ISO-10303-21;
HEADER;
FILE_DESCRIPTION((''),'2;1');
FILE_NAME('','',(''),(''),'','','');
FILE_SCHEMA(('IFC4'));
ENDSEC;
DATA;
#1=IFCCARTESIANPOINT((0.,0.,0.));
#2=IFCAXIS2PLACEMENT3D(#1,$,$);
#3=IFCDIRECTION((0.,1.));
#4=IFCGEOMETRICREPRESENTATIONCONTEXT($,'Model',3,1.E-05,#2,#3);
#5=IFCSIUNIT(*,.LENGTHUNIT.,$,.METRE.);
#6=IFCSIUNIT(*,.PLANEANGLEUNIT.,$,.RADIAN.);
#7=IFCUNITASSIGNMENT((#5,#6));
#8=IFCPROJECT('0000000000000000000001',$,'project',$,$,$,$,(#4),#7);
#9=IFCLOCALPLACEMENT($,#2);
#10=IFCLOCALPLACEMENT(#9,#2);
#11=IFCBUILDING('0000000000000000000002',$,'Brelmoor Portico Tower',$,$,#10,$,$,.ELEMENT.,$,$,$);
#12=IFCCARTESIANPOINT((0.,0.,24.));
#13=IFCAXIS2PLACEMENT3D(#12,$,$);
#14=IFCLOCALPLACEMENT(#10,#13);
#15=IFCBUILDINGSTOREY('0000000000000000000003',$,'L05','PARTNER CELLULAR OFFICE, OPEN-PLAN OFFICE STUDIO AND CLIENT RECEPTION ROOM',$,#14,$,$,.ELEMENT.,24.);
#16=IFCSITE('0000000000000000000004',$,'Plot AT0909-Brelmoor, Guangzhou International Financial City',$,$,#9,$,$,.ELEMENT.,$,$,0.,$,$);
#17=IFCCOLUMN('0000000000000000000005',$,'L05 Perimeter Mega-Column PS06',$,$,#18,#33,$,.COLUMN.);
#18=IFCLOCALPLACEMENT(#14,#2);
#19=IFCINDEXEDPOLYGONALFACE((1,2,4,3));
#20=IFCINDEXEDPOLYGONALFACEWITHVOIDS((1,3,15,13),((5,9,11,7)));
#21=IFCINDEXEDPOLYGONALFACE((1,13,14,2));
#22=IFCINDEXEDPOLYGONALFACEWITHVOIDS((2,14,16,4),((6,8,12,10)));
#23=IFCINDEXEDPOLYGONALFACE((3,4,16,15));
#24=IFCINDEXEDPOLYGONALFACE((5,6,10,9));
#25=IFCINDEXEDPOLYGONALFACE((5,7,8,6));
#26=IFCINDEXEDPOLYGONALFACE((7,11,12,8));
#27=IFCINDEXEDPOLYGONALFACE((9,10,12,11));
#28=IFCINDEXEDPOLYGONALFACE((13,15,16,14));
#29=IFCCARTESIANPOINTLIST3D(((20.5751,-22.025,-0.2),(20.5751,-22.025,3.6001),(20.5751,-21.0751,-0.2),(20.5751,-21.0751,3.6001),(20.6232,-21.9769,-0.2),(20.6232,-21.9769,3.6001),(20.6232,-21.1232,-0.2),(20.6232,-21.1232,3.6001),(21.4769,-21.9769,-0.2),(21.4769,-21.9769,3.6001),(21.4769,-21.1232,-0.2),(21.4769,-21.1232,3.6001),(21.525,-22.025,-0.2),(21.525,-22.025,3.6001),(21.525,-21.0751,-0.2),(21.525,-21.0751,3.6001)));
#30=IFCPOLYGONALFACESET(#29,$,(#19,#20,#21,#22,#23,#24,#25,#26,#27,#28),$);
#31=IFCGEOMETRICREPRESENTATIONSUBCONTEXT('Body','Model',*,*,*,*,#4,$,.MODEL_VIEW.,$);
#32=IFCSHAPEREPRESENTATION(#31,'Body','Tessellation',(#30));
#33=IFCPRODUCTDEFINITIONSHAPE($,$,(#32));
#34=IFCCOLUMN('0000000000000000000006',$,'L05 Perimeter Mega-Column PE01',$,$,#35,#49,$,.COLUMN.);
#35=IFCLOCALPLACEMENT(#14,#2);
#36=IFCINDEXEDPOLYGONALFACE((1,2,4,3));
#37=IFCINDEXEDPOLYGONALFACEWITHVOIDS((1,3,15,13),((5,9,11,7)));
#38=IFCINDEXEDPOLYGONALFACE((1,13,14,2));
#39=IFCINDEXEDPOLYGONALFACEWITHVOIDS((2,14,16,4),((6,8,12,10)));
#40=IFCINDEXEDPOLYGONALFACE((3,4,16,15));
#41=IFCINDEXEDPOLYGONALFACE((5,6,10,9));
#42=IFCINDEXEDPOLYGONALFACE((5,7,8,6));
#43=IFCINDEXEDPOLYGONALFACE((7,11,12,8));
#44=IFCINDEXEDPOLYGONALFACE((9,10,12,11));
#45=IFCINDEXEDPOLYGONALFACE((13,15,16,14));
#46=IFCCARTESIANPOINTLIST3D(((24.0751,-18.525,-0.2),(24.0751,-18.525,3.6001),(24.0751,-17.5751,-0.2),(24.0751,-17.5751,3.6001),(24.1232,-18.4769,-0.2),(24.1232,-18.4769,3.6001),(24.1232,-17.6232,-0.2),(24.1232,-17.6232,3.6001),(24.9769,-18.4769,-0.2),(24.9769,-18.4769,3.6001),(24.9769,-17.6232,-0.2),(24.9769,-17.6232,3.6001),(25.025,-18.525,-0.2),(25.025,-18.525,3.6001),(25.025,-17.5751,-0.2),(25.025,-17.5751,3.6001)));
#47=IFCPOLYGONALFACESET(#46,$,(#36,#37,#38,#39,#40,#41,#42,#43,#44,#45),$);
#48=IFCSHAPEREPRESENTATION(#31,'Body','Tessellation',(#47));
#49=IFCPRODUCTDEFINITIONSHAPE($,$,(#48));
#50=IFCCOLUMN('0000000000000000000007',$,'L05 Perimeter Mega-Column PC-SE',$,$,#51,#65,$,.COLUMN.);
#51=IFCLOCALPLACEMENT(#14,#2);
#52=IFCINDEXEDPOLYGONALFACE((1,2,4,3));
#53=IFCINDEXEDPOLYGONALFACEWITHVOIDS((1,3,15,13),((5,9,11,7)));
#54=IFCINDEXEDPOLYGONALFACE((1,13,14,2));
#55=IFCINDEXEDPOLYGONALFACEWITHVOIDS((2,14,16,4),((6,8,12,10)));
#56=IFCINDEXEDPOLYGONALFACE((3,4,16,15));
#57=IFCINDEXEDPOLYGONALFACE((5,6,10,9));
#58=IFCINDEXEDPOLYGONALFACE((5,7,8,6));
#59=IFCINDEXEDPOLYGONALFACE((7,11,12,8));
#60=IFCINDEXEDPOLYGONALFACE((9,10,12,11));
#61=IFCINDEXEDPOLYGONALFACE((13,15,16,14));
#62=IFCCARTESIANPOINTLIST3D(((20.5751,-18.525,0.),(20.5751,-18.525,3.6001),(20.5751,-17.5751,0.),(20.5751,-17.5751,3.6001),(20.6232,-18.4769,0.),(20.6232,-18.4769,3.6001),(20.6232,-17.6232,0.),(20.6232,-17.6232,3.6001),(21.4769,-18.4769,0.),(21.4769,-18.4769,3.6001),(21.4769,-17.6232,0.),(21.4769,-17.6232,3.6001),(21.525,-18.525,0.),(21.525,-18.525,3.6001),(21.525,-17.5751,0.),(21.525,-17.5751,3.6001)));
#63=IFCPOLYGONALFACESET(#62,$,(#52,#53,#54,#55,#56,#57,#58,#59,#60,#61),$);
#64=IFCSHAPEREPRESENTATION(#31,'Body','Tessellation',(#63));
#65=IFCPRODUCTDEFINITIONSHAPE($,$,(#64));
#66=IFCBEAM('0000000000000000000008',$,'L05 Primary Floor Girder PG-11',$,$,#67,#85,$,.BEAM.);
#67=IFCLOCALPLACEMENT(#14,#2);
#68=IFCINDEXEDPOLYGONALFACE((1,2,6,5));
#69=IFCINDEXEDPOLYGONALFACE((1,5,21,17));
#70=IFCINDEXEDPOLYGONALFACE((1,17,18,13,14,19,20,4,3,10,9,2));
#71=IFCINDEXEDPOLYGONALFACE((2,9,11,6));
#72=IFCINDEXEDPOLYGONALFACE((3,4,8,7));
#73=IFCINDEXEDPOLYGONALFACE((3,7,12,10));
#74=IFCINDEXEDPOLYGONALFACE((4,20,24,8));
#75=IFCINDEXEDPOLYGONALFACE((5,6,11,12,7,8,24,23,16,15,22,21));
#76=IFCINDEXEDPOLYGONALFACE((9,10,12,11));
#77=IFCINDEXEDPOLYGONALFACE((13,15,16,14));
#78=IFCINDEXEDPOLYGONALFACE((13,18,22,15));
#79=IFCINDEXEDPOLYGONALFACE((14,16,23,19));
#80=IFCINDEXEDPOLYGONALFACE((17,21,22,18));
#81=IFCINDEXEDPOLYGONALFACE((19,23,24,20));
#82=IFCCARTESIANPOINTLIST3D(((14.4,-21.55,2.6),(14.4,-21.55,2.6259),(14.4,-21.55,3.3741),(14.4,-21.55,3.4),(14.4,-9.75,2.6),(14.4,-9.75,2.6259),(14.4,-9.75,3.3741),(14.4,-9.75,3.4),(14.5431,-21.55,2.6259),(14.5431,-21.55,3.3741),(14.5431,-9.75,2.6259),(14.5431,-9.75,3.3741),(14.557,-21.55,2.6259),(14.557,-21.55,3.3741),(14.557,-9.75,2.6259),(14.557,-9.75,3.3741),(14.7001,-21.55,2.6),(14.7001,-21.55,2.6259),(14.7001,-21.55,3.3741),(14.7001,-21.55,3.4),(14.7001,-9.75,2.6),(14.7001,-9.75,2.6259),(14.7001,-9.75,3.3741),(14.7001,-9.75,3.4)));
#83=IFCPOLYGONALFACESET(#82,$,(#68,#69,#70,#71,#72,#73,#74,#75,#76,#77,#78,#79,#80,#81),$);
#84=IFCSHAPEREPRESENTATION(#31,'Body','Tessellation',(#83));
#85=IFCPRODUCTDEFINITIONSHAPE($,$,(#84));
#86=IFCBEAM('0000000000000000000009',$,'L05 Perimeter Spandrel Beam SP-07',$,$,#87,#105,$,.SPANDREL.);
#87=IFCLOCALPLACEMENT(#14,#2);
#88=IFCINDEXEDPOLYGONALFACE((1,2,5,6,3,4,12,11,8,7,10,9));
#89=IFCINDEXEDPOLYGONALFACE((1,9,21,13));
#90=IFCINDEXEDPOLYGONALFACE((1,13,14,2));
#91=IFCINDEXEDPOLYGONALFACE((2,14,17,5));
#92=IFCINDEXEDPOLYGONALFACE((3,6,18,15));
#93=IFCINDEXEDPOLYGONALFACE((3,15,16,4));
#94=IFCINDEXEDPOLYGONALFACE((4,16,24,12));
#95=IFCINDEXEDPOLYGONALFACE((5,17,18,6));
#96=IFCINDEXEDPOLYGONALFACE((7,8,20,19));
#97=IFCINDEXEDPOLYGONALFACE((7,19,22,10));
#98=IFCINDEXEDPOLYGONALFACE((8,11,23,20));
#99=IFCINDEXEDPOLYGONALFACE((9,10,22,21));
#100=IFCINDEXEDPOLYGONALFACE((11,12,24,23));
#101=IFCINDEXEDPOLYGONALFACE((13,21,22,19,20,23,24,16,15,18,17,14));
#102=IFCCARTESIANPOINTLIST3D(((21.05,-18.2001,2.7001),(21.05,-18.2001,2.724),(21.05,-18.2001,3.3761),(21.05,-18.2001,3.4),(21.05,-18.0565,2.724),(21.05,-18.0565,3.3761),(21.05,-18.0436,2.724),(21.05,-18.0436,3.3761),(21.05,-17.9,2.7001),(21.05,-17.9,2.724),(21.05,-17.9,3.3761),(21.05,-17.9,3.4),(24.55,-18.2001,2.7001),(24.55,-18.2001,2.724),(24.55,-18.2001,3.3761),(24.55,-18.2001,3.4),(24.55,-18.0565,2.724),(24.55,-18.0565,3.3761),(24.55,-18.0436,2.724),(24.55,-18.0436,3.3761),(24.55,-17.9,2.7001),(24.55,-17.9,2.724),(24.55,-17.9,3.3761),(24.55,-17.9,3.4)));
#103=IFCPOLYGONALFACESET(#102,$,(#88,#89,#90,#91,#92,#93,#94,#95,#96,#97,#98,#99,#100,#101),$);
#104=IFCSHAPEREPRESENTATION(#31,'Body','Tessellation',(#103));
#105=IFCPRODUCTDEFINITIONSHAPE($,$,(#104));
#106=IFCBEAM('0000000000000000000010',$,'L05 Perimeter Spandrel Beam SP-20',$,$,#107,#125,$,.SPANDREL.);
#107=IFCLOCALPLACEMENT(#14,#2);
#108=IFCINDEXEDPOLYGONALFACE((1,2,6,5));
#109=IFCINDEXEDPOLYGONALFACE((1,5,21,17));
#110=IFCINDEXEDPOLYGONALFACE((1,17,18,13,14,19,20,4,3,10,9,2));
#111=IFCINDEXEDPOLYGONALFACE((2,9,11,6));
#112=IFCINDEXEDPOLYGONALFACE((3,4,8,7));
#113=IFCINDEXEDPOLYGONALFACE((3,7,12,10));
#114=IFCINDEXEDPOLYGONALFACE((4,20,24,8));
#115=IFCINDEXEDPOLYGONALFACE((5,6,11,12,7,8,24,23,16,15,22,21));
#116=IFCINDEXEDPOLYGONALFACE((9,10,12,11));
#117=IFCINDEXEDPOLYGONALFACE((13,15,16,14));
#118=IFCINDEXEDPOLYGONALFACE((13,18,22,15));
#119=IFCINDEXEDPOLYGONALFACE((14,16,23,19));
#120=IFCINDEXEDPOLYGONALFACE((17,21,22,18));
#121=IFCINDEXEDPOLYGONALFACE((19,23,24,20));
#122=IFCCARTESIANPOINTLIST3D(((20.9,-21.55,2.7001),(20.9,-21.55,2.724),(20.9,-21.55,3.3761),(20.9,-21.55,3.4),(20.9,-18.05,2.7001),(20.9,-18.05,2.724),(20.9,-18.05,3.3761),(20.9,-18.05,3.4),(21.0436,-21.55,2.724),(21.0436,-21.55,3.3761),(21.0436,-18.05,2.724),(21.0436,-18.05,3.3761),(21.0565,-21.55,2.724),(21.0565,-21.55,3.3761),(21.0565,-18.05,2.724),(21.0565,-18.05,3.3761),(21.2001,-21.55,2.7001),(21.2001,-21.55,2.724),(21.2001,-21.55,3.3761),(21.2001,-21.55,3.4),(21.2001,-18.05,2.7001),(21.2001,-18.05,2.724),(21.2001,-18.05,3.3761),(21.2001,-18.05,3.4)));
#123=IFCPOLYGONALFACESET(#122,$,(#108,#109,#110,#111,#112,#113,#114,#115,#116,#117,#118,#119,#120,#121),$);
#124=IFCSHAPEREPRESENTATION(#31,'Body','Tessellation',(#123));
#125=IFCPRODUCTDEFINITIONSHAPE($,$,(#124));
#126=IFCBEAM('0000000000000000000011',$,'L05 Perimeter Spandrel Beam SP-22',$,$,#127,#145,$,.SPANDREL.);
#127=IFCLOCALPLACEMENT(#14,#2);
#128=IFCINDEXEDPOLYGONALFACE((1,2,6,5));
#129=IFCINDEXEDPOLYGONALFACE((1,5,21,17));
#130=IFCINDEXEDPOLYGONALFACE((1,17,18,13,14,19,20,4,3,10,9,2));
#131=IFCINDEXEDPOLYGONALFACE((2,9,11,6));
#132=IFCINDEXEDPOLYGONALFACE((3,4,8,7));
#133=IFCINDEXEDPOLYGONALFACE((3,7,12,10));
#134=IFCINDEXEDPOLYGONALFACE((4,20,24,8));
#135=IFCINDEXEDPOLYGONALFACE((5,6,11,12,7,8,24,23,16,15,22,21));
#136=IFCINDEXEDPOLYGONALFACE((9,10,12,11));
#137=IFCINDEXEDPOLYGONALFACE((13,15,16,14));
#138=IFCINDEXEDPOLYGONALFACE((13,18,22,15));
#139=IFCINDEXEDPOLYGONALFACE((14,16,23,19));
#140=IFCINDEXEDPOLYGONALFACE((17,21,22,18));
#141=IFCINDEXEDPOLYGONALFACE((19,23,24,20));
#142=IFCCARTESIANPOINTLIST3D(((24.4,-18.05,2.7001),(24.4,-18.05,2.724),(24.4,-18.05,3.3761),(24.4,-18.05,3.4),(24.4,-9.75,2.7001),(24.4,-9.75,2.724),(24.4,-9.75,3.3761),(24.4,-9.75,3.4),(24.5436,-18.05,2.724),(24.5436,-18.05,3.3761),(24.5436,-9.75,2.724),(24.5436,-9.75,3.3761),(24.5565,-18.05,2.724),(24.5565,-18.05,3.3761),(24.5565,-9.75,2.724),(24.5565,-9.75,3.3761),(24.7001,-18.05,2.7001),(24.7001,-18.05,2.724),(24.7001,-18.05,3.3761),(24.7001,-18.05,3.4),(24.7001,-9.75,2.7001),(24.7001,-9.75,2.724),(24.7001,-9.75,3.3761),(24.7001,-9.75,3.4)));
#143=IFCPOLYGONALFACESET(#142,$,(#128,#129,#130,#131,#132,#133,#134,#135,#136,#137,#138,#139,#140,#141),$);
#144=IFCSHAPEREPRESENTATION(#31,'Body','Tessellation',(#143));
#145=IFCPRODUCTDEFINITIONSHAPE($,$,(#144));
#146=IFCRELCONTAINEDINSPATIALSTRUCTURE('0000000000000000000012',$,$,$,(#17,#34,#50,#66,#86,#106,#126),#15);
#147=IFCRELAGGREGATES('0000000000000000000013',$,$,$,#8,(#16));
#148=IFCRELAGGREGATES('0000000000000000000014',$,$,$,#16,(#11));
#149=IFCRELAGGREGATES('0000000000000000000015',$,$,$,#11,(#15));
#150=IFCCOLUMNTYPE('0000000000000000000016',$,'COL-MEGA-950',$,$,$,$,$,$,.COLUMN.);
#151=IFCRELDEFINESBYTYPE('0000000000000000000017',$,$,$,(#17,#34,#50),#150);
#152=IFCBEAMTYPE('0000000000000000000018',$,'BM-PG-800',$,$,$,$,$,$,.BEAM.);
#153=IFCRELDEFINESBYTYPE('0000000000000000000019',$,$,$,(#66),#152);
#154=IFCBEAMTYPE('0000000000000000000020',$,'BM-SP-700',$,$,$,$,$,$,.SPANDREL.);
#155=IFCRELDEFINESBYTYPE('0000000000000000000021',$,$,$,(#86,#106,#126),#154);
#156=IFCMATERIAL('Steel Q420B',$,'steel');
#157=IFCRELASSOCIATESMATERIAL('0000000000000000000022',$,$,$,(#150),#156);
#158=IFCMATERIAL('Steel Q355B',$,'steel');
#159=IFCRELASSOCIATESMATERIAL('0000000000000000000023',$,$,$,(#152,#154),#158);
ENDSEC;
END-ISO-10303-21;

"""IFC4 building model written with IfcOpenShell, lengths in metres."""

from ifc_helpers import new_model, si_unit, direction, frame, origin, origin_2d, place, context, subcontext, project, spatial, hollow_rectangle, i_section, extrude, material, material_profile, profile_set, type_object, element, save


model = new_model("IFC4")

# Units and contexts
model_context = context("Model", 3, precision=1e-05, world=origin(), true_north=direction((0.0, 1.0)))
body_context = subcontext(model_context, "Body", "Model", "MODEL_VIEW")
ifc_project = project(units=[si_unit("LENGTHUNIT", "METRE"), si_unit("PLANEANGLEUNIT", "RADIAN")], contexts=[model_context])

# Site, building, storey
site_placement = place(None, origin())
site = spatial("IfcSite", under=ifc_project, at=site_placement, Name="Plot AT0909-Brelmoor, Guangzhou International Financial City", CompositionType="ELEMENT", RefElevation=0.0)
building_placement = place(site_placement, origin())
building = spatial("IfcBuilding", under=site, at=building_placement, Name="Brelmoor Portico Tower", CompositionType="ELEMENT")
storey_placement = place(building_placement, frame((0.0, 0.0, 24.0)))
storey = spatial("IfcBuildingStorey", under=building, at=storey_placement, Name="L05", Description="PARTNER CELLULAR OFFICE, OPEN-PLAN OFFICE STUDIO AND CLIENT RECEPTION ROOM", CompositionType="ELEMENT", Elevation=24.0)

# Columns
ifc_material_1 = material(Name="Steel Q420B", Category="steel")
ifc_material_profile_1 = material_profile(ifc_material_1, hollow_rectangle(XDim=0.95, YDim=0.95, WallThickness=0.0481, at=origin_2d()), Name="BOX 950x950x48")
ifc_profile_set_1 = profile_set([ifc_material_profile_1], Name="Steel Q420B")
column_type = type_object("IfcColumnType", Name="COL-MEGA-950", PredefinedType="COLUMN", material=ifc_profile_set_1)
for number, where, z_axis, x_axis, name in (
    (1, (21.05, -21.55, -0.2), (0.0, 0.0, 1.0), (1.0, 0.0, 0.0), "L05 Perimeter Mega-Column PS06"),
    (2, (24.55, -18.05, -0.2), (0.0, 0.0, 1.0), (0.0, 1.0, 0.0), "L05 Perimeter Mega-Column PE01"),
):
    element("IfcColumn", number, at=place(storey_placement, frame(where, z_axis=z_axis, x_axis=x_axis)), inside=storey, type_object=column_type, Name=name, PredefinedType="COLUMN", context=body_context, shape_type="SweptSolid", body=[
        extrude(hollow_rectangle(XDim=0.95, YDim=0.95, WallThickness=0.0481, at=origin_2d()), origin(), (0.0, 0.0, 1.0), 3.8),
    ])
column_placement = place(storey_placement, frame((21.05, -18.05, 0.0), z_axis=(0.0, 0.0, 1.0), x_axis=(1.0, 0.0, 0.0)))
element("IfcColumn", 3, at=column_placement, inside=storey, type_object=column_type, Name="L05 Perimeter Mega-Column PC-SE", PredefinedType="COLUMN", context=body_context, shape_type="SweptSolid", body=[
    extrude(hollow_rectangle(XDim=0.95, YDim=0.95, WallThickness=0.0481, at=origin_2d()), origin(), (0.0, 0.0, 1.0), 3.6001),
])

# Beams
ifc_material_2 = material(Name="Steel Q355B", Category="steel")
ifc_material_profile_2 = material_profile(ifc_material_2, i_section(OverallWidth=0.3, OverallDepth=0.8, WebThickness=0.0139, FlangeThickness=0.0259, at=origin_2d()), Name="HN 800x300x14x26")
ifc_profile_set_2 = profile_set([ifc_material_profile_2], Name="Steel Q355B")
beam_type_1 = type_object("IfcBeamType", Name="BM-PG-800", PredefinedType="BEAM", material=ifc_profile_set_2)
beam_1_placement = place(storey_placement, frame((14.55, -21.55, 3.0), z_axis=(0.0, 1.0, 0.0), x_axis=(-1.0, 0.0, 0.0)))
element("IfcBeam", 4, at=beam_1_placement, inside=storey, type_object=beam_type_1, Name="L05 Primary Floor Girder PG-11", PredefinedType="BEAM", context=body_context, shape_type="SweptSolid", body=[
    extrude(i_section(OverallWidth=0.3, OverallDepth=0.8, WebThickness=0.0139, FlangeThickness=0.0259, at=origin_2d()), origin(), (0.0, 0.0, 1.0), 11.8),
])
ifc_material_profile_3 = material_profile(ifc_material_2, i_section(OverallWidth=0.3, OverallDepth=0.7, WebThickness=0.0129, FlangeThickness=0.0239, at=origin_2d()), Name="HN 700x300x13x24")
ifc_profile_set_3 = profile_set([ifc_material_profile_3], Name="Steel Q355B")
beam_type_2 = type_object("IfcBeamType", Name="BM-SP-700", PredefinedType="SPANDREL", material=ifc_profile_set_3)
for number, where, z_axis, x_axis, name in (
    (5, (21.05, -18.05, 3.05), (1.0, 0.0, 0.0), (0.0, 1.0, 0.0), "L05 Perimeter Spandrel Beam SP-07"),
    (6, (21.05, -21.55, 3.05), (0.0, 1.0, 0.0), (-1.0, 0.0, 0.0), "L05 Perimeter Spandrel Beam SP-20"),
):
    element("IfcBeam", number, at=place(storey_placement, frame(where, z_axis=z_axis, x_axis=x_axis)), inside=storey, type_object=beam_type_2, Name=name, PredefinedType="SPANDREL", context=body_context, shape_type="SweptSolid", body=[
        extrude(i_section(OverallWidth=0.3, OverallDepth=0.7, WebThickness=0.0129, FlangeThickness=0.0239, at=origin_2d()), origin(), (0.0, 0.0, 1.0), 3.5),
    ])
beam_2_placement = place(storey_placement, frame((24.55, -18.05, 3.05), z_axis=(0.0, 1.0, 0.0), x_axis=(-1.0, 0.0, 0.0)))
element("IfcBeam", 7, at=beam_2_placement, inside=storey, type_object=beam_type_2, Name="L05 Perimeter Spandrel Beam SP-22", PredefinedType="SPANDREL", context=body_context, shape_type="SweptSolid", body=[
    extrude(i_section(OverallWidth=0.3, OverallDepth=0.7, WebThickness=0.0129, FlangeThickness=0.0239, at=origin_2d()), origin(), (0.0, 0.0, 1.0), 8.3),
])

save(model, "model.ifc")
